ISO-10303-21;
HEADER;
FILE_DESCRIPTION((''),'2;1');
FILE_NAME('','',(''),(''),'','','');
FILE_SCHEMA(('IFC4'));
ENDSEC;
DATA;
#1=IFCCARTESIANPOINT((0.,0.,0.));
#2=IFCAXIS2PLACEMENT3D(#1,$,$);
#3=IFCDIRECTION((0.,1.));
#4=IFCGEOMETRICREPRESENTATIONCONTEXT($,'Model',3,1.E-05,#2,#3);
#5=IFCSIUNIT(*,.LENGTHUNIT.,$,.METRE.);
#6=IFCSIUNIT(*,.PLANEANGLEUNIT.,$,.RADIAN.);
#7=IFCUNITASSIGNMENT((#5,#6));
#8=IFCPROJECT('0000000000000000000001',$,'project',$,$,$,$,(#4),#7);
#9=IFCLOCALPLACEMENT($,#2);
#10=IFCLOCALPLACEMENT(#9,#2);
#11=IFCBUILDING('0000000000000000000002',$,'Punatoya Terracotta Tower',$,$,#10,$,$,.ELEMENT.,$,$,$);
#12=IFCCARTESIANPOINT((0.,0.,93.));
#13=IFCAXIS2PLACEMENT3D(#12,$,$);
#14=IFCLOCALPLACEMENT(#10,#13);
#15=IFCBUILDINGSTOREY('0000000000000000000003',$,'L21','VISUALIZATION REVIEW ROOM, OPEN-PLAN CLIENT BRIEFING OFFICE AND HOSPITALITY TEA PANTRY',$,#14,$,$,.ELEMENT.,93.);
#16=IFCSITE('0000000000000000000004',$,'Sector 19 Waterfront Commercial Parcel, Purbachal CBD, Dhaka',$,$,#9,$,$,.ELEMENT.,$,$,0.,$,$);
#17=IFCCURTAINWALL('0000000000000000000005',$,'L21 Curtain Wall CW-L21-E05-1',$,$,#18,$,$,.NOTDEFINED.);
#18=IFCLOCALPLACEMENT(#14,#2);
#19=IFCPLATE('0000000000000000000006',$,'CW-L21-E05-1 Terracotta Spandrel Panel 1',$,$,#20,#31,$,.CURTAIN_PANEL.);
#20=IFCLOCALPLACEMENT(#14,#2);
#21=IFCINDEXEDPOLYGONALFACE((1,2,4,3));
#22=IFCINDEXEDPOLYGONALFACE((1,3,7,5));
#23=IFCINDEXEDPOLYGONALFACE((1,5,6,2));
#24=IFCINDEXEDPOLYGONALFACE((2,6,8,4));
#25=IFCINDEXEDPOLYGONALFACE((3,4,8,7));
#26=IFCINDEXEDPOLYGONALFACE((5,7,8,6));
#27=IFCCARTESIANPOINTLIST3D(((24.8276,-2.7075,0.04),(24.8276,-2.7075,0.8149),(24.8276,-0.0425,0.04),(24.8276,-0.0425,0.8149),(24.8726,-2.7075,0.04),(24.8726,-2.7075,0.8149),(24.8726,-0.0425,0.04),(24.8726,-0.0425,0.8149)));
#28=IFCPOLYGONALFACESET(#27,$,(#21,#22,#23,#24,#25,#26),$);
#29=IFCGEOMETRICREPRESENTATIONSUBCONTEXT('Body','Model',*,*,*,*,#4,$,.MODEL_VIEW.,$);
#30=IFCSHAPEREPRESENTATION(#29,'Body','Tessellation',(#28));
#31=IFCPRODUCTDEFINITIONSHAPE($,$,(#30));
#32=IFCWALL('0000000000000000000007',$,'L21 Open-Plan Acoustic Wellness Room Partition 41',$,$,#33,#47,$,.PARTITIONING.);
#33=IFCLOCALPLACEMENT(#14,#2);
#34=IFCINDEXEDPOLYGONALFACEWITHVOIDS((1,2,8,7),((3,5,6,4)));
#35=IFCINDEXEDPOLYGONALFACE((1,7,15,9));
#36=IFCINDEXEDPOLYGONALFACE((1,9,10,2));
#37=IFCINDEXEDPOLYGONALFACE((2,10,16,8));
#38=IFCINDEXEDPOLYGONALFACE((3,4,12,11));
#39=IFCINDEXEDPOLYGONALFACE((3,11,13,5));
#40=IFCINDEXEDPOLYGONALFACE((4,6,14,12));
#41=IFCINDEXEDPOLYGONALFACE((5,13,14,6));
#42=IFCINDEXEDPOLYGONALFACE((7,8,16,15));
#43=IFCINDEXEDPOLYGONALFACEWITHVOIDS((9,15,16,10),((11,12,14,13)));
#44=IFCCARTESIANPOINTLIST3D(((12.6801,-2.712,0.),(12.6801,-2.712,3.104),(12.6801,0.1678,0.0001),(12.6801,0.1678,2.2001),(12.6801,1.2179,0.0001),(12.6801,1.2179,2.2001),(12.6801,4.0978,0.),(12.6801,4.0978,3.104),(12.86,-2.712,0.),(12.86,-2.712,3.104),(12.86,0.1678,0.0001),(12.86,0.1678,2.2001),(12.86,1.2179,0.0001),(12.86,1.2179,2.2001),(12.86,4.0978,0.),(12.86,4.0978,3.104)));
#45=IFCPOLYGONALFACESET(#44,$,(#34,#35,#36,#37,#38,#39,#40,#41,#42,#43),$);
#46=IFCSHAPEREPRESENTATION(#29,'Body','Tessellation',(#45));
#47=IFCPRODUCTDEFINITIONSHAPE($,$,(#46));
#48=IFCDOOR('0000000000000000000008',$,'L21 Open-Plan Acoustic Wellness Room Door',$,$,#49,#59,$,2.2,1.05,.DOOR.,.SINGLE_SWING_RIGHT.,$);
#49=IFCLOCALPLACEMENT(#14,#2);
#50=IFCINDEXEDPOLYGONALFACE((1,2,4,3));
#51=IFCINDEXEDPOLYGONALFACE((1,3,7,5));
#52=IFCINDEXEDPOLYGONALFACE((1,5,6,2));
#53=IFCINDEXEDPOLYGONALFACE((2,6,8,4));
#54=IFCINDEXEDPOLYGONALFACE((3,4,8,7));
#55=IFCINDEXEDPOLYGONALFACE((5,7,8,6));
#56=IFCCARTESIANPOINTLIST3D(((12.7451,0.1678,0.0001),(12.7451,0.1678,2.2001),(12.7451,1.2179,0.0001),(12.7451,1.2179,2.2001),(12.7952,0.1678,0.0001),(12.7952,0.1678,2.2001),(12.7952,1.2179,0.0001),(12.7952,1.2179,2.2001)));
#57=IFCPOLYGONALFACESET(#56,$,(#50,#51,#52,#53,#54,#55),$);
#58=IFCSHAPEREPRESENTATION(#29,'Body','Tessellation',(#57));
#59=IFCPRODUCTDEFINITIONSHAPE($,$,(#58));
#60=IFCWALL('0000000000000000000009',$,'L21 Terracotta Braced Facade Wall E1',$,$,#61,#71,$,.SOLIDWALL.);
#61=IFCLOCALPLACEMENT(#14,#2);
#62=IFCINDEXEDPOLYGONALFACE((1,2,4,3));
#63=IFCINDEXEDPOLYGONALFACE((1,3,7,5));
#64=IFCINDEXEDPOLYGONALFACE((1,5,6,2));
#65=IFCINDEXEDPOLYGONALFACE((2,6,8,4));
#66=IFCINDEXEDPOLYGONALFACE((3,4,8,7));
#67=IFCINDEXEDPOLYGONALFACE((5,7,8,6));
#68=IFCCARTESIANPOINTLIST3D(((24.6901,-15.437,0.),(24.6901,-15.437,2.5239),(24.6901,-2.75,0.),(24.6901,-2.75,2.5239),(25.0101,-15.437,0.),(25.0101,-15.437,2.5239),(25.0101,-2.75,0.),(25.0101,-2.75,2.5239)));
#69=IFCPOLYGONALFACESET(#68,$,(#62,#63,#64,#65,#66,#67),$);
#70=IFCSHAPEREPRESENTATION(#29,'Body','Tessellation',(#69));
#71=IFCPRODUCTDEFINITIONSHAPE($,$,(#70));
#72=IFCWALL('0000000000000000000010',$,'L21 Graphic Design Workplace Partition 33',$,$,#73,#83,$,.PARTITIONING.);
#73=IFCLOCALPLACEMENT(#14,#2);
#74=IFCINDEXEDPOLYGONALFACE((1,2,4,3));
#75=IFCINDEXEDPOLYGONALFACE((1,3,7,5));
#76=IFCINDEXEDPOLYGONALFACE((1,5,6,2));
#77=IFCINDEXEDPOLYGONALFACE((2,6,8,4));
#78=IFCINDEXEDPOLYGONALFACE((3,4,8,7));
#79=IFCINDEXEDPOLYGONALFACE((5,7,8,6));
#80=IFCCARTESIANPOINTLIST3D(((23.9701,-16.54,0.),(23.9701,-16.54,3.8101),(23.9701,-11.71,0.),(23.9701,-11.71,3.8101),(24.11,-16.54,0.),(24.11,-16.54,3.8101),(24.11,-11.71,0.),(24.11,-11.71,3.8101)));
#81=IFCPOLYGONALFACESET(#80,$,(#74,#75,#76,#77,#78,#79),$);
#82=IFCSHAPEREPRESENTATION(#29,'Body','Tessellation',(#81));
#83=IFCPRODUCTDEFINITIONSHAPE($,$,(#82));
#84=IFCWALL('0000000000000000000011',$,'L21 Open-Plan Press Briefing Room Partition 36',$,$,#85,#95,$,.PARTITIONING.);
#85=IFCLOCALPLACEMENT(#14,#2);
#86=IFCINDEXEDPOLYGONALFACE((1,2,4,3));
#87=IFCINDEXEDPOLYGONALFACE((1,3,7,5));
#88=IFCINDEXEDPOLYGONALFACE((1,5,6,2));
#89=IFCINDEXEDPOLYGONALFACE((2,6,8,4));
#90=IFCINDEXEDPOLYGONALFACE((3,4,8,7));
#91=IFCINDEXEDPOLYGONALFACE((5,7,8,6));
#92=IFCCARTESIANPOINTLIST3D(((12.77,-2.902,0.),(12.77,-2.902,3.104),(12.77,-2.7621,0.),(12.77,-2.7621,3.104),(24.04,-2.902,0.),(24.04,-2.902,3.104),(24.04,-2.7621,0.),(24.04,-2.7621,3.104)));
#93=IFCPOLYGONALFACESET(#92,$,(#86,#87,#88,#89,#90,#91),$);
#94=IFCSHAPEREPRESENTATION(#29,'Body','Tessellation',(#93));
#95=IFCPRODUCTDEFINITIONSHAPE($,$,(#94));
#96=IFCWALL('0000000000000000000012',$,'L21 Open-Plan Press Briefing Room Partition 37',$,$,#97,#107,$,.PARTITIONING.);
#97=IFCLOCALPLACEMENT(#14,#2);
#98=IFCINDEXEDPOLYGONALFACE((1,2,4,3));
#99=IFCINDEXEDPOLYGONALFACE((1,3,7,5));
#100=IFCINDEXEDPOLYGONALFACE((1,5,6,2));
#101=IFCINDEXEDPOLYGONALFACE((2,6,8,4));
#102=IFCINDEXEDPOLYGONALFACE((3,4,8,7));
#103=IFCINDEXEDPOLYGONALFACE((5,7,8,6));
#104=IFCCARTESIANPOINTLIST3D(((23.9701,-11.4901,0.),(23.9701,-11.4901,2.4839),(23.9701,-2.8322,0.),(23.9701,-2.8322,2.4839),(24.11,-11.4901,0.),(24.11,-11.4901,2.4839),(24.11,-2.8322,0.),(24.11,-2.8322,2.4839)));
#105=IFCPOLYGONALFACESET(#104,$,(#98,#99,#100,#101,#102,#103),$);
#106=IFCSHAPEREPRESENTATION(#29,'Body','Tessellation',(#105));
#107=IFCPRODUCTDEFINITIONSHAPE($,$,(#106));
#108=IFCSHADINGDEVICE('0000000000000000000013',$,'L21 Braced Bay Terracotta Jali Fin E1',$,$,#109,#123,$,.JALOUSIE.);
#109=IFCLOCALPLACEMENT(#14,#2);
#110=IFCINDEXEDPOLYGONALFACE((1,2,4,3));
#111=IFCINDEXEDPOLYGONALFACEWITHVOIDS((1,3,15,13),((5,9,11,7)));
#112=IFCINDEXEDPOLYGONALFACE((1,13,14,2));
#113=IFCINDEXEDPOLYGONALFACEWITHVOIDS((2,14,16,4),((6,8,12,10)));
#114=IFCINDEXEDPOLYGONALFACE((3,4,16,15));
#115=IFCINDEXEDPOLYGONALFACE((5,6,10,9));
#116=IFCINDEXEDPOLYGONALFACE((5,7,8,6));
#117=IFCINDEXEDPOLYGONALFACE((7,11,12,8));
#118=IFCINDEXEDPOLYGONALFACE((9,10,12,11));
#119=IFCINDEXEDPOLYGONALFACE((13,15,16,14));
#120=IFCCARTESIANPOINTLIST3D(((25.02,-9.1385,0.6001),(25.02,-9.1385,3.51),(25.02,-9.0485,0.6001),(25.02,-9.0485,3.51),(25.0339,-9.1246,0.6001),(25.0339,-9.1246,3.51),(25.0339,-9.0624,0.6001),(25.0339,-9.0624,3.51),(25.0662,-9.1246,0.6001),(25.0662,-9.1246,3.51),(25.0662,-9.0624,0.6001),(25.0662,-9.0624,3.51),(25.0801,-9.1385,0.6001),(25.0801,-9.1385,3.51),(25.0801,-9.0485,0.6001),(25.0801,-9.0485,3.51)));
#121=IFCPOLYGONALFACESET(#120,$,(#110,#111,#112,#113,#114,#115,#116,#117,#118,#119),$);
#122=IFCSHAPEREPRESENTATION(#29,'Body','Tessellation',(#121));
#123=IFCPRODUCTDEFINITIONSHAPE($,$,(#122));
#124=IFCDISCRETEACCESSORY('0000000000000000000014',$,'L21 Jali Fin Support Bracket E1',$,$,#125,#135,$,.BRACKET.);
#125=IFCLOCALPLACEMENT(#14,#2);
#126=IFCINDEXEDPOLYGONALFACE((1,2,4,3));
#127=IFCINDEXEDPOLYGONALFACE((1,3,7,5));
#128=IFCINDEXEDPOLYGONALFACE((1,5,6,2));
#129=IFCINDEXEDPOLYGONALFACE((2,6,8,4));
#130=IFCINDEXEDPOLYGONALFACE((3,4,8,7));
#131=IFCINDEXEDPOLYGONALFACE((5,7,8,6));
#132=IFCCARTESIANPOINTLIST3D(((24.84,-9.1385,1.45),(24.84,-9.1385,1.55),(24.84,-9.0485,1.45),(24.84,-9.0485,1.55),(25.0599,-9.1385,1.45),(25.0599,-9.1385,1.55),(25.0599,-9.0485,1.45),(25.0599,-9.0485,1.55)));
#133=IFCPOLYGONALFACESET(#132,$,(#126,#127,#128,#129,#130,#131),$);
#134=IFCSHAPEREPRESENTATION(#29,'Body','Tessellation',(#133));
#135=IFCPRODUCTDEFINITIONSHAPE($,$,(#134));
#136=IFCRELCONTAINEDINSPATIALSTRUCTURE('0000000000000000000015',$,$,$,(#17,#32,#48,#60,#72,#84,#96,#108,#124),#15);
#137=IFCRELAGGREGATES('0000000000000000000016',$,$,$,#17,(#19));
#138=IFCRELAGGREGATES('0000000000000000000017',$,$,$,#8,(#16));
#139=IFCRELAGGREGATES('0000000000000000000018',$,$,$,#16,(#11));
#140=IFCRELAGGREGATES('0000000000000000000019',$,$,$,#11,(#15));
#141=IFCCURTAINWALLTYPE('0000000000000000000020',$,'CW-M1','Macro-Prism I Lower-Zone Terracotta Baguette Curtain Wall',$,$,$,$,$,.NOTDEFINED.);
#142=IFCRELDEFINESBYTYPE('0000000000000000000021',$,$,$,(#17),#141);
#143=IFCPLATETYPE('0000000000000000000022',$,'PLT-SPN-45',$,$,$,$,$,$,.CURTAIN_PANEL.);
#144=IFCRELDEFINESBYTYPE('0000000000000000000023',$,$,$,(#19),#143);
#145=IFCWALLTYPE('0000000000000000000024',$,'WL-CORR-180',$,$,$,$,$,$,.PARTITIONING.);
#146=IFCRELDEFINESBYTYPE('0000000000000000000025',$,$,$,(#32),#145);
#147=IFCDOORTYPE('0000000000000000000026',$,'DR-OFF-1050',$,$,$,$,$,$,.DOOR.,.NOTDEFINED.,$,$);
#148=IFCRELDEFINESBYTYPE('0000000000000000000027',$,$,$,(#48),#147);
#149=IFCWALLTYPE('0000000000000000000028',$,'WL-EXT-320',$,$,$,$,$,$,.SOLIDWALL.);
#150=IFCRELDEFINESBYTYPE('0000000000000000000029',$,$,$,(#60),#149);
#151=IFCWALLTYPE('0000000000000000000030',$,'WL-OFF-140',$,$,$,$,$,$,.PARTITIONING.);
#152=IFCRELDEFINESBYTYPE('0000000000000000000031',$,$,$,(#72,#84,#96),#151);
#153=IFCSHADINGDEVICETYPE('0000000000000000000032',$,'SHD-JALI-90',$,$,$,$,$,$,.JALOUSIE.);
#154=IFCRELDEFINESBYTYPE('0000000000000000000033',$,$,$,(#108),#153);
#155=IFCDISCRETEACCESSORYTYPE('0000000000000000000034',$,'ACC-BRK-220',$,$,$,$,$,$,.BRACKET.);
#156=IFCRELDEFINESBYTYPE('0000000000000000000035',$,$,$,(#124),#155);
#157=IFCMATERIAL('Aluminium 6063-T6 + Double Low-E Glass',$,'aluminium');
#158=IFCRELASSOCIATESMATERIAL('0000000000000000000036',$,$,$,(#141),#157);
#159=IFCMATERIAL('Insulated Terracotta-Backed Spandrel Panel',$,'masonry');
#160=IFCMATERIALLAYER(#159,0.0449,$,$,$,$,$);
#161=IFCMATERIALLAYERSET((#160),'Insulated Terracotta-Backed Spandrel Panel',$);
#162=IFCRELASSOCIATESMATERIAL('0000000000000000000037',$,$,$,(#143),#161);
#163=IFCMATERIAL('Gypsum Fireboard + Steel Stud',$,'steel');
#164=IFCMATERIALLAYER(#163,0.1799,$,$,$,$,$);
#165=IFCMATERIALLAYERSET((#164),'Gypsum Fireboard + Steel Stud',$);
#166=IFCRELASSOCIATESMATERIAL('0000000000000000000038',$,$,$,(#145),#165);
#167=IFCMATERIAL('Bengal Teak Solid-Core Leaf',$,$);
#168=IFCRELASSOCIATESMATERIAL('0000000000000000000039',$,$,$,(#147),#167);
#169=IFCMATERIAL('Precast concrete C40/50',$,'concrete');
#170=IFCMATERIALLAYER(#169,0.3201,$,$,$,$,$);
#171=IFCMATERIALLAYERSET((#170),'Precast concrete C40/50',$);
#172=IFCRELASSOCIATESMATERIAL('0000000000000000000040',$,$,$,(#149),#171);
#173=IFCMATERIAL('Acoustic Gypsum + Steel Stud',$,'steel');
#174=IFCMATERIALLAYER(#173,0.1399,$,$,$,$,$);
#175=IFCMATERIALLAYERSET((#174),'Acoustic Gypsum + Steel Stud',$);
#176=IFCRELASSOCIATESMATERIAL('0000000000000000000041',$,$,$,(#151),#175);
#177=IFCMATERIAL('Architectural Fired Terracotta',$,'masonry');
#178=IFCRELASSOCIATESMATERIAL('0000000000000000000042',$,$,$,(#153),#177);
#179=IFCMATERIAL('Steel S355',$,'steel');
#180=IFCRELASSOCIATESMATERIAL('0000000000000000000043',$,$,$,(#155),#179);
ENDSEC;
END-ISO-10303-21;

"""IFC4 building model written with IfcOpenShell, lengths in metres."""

from ifc_helpers import new_model, si_unit, direction, frame, frame_2d, origin, origin_2d, place, context, subcontext, project, spatial, rectangle, hollow_rectangle, extrude, material, layer, layer_set, material_profile, profile_set, type_object, element, fill, aggregate, save


model = new_model("IFC4")

# Units and contexts
model_context = context("Model", 3, precision=1e-05, world=origin(), true_north=direction((0.0, 1.0)))
body_context = subcontext(model_context, "Body", "Model", "MODEL_VIEW")
ifc_project = project(units=[si_unit("LENGTHUNIT", "METRE"), si_unit("PLANEANGLEUNIT", "RADIAN")], contexts=[model_context])

# Site, building, storey
site_placement = place(None, origin())
site = spatial("IfcSite", under=ifc_project, at=site_placement, Name="Sector 19 Waterfront Commercial Parcel, Purbachal CBD, Dhaka", CompositionType="ELEMENT", RefElevation=0.0)
building_placement = place(site_placement, origin())
building = spatial("IfcBuilding", under=site, at=building_placement, Name="Punatoya Terracotta Tower", CompositionType="ELEMENT")
storey_placement = place(building_placement, frame((0.0, 0.0, 93.0)))
storey = spatial("IfcBuildingStorey", under=building, at=storey_placement, Name="L21", Description="VISUALIZATION REVIEW ROOM, OPEN-PLAN CLIENT BRIEFING OFFICE AND HOSPITALITY TEA PANTRY", CompositionType="ELEMENT", Elevation=93.0)

# Curtain wall
ifc_material_1 = material(Name="Aluminium 6063-T6 + Double Low-E Glass", Category="aluminium")
curtain_wall_type = type_object("IfcCurtainWallType", Name="CW-M1", Description="Macro-Prism I Lower-Zone Terracotta Baguette Curtain Wall", PredefinedType="NOTDEFINED", material=ifc_material_1)
curtain_wall_placement = place(storey_placement, origin())
curtain_wall = element("IfcCurtainWall", 1, at=curtain_wall_placement, inside=storey, type_object=curtain_wall_type, Name="L21 Curtain Wall CW-L21-E05-1", PredefinedType="NOTDEFINED")

# Plate
ifc_material_2 = material(Name="Insulated Terracotta-Backed Spandrel Panel", Category="masonry")
ifc_layer_1 = layer(ifc_material_2, 0.0449)
ifc_layer_set_1 = layer_set([ifc_layer_1], Name="Insulated Terracotta-Backed Spandrel Panel")
plate_type_1 = type_object("IfcPlateType", Name="PLT-SPN-45", PredefinedType="CURTAIN_PANEL", material=ifc_layer_set_1)
plate_1_placement = place(storey_placement, frame((24.8501, -1.375, 0.04), z_axis=(0.0, 0.0, 1.0), x_axis=(0.0, 1.0, 0.0)))
plate_1 = element("IfcPlate", 2, at=plate_1_placement, type_object=plate_type_1, Name="CW-L21-E05-1 Terracotta Spandrel Panel 1", PredefinedType="CURTAIN_PANEL", context=body_context, shape_type="SweptSolid", body=[
    extrude(rectangle(XDim=2.665, YDim=0.0449, at=origin_2d()), origin(), (0.0, 0.0, 1.0), 0.7749),
])
aggregate(curtain_wall, [plate_1])

# Wall, opening, door
ifc_material_3 = material(Name="Gypsum Fireboard + Steel Stud", Category="steel")
ifc_layer_2 = layer(ifc_material_3, 0.1799)
ifc_layer_set_2 = layer_set([ifc_layer_2], Name="Gypsum Fireboard + Steel Stud")
wall_type_1 = type_object("IfcWallType", Name="WL-CORR-180", PredefinedType="PARTITIONING", material=ifc_layer_set_2)
wall_1_placement = place(storey_placement, frame((12.77, -2.7119, 0.0), z_axis=(0.0, 0.0, 1.0), x_axis=(0.0, 1.0, 0.0)))
wall_1 = element("IfcWall", 3, at=wall_1_placement, inside=storey, type_object=wall_type_1, Name="L21 Open-Plan Acoustic Wellness Room Partition 41", PredefinedType="PARTITIONING", context=body_context, shape_type="SweptSolid", body=[
    extrude(rectangle(XDim=6.8098, YDim=0.1799, at=frame_2d((3.4048, 0.0))), origin(), (0.0, 0.0, 1.0), 3.104),
])
opening_placement = place(wall_1_placement, frame((2.8799, 0.0, 0.0)))
opening = element("IfcOpeningElement", 4, at=opening_placement, cuts=wall_1, PredefinedType="OPENING", context=body_context, shape_type="SweptSolid", body=[
    extrude(rectangle(XDim=1.05, YDim=2.2, at=frame_2d((0.5249, 1.1001))), frame((0.0, 0.0999, 0.0), z_axis=(0.0, -1.0, 0.0), x_axis=(1.0, 0.0, 0.0)), (0.0, 0.0, 1.0), 0.2),
])
ifc_material_4 = material(Name="Bengal Teak Solid-Core Leaf")
door_type = type_object("IfcDoorType", Name="DR-OFF-1050", OperationType="NOTDEFINED", PredefinedType="DOOR", material=ifc_material_4)
door_placement = place(opening_placement, origin())
door = element("IfcDoor", 5, at=door_placement, inside=storey, type_object=door_type, Name="L21 Open-Plan Acoustic Wellness Room Door", OperationType="SINGLE_SWING_RIGHT", OverallHeight=2.2, OverallWidth=1.05, PredefinedType="DOOR", context=body_context, shape_type="SweptSolid", body=[
    extrude(rectangle(XDim=1.05, YDim=2.2, at=frame_2d((0.5249, 1.1001))), frame((0.0, 0.0249, 0.0), z_axis=(0.0, -1.0, 0.0), x_axis=(1.0, 0.0, 0.0)), (0.0, 0.0, 1.0), 0.05),
])
fill(opening, door)

# Walls
ifc_material_5 = material(Name="Precast concrete C40/50", Category="concrete")
ifc_layer_3 = layer(ifc_material_5, 0.3201)
ifc_layer_set_3 = layer_set([ifc_layer_3], Name="Precast concrete C40/50")
wall_type_2 = type_object("IfcWallType", Name="WL-EXT-320", PredefinedType="SOLIDWALL", material=ifc_layer_set_3)
wall_2_placement = place(storey_placement, frame((24.8501, -15.437, 0.0), z_axis=(0.0, 0.0, 1.0), x_axis=(0.0, 1.0, 0.0)))
element("IfcWall", 6, at=wall_2_placement, inside=storey, type_object=wall_type_2, Name="L21 Terracotta Braced Facade Wall E1", PredefinedType="SOLIDWALL", context=body_context, shape_type="SweptSolid", body=[
    extrude(rectangle(XDim=12.687, YDim=0.3201, at=frame_2d((6.3435, 0.0))), origin(), (0.0, 0.0, 1.0), 2.5239),
])
ifc_material_6 = material(Name="Acoustic Gypsum + Steel Stud", Category="steel")
ifc_layer_4 = layer(ifc_material_6, 0.1399)
ifc_layer_set_4 = layer_set([ifc_layer_4], Name="Acoustic Gypsum + Steel Stud")
wall_type_3 = type_object("IfcWallType", Name="WL-OFF-140", PredefinedType="PARTITIONING", material=ifc_layer_set_4)
wall_3_placement = place(storey_placement, frame((24.04, -11.71, 0.0), z_axis=(0.0, 0.0, 1.0), x_axis=(0.0, -1.0, 0.0)))
element("IfcWall", 7, at=wall_3_placement, inside=storey, type_object=wall_type_3, Name="L21 Graphic Design Workplace Partition 33", PredefinedType="PARTITIONING", context=body_context, shape_type="SweptSolid", body=[
    extrude(rectangle(XDim=4.8301, YDim=0.1399, at=frame_2d((2.415, 0.0))), origin(), (0.0, 0.0, 1.0), 3.8101),
])
wall_4_placement = place(storey_placement, frame((12.77, -2.832, 0.0), z_axis=(0.0, 0.0, 1.0), x_axis=(1.0, 0.0, 0.0)))
element("IfcWall", 8, at=wall_4_placement, inside=storey, type_object=wall_type_3, Name="L21 Open-Plan Press Briefing Room Partition 36", PredefinedType="PARTITIONING", context=body_context, shape_type="SweptSolid", body=[
    extrude(rectangle(XDim=11.27, YDim=0.1399, at=frame_2d((5.635, 0.0))), origin(), (0.0, 0.0, 1.0), 3.104),
])
wall_5_placement = place(storey_placement, frame((24.04, -2.832, 0.0), z_axis=(0.0, 0.0, 1.0), x_axis=(0.0, -1.0, 0.0)))
element("IfcWall", 9, at=wall_5_placement, inside=storey, type_object=wall_type_3, Name="L21 Open-Plan Press Briefing Room Partition 37", PredefinedType="PARTITIONING", context=body_context, shape_type="SweptSolid", body=[
    extrude(rectangle(XDim=8.658, YDim=0.1399, at=frame_2d((4.3291, 0.0))), origin(), (0.0, 0.0, 1.0), 2.4839),
])

# Shading device
ifc_material_7 = material(Name="Architectural Fired Terracotta", Category="masonry")
ifc_material_profile_1 = material_profile(ifc_material_7, hollow_rectangle(XDim=0.0601, YDim=0.0901, WallThickness=0.0139, at=origin_2d()))
ifc_profile_set_1 = profile_set([ifc_material_profile_1], Name="Architectural Fired Terracotta")
shading_device_type = type_object("IfcShadingDeviceType", Name="SHD-JALI-90", PredefinedType="JALOUSIE", material=ifc_profile_set_1)
shading_device_placement = place(storey_placement, frame((25.05, -9.0935, 0.6001), z_axis=(0.0, 0.0, 1.0), x_axis=(1.0, 0.0, 0.0)))
element("IfcShadingDevice", 10, at=shading_device_placement, inside=storey, type_object=shading_device_type, Name="L21 Braced Bay Terracotta Jali Fin E1", PredefinedType="JALOUSIE", context=body_context, shape_type="SweptSolid", body=[
    extrude(hollow_rectangle(XDim=0.0601, YDim=0.0901, WallThickness=0.0139, at=origin_2d()), origin(), (0.0, 0.0, 1.0), 2.9099),
])

# Discrete accessory
ifc_material_8 = material(Name="Steel S355", Category="steel")
discrete_accessory_type = type_object("IfcDiscreteAccessoryType", Name="ACC-BRK-220", PredefinedType="BRACKET", material=ifc_material_8)
discrete_accessory_placement = place(storey_placement, frame((24.95, -9.0935, 1.45), z_axis=(0.0, 0.0, 1.0), x_axis=(0.0, 1.0, 0.0)))
element("IfcDiscreteAccessory", 11, at=discrete_accessory_placement, inside=storey, type_object=discrete_accessory_type, Name="L21 Jali Fin Support Bracket E1", PredefinedType="BRACKET", context=body_context, shape_type="SweptSolid", body=[
    extrude(rectangle(XDim=0.0901, YDim=0.22, at=origin_2d()), origin(), (0.0, 0.0, 1.0), 0.1001),
])

save(model, "model.ifc")
